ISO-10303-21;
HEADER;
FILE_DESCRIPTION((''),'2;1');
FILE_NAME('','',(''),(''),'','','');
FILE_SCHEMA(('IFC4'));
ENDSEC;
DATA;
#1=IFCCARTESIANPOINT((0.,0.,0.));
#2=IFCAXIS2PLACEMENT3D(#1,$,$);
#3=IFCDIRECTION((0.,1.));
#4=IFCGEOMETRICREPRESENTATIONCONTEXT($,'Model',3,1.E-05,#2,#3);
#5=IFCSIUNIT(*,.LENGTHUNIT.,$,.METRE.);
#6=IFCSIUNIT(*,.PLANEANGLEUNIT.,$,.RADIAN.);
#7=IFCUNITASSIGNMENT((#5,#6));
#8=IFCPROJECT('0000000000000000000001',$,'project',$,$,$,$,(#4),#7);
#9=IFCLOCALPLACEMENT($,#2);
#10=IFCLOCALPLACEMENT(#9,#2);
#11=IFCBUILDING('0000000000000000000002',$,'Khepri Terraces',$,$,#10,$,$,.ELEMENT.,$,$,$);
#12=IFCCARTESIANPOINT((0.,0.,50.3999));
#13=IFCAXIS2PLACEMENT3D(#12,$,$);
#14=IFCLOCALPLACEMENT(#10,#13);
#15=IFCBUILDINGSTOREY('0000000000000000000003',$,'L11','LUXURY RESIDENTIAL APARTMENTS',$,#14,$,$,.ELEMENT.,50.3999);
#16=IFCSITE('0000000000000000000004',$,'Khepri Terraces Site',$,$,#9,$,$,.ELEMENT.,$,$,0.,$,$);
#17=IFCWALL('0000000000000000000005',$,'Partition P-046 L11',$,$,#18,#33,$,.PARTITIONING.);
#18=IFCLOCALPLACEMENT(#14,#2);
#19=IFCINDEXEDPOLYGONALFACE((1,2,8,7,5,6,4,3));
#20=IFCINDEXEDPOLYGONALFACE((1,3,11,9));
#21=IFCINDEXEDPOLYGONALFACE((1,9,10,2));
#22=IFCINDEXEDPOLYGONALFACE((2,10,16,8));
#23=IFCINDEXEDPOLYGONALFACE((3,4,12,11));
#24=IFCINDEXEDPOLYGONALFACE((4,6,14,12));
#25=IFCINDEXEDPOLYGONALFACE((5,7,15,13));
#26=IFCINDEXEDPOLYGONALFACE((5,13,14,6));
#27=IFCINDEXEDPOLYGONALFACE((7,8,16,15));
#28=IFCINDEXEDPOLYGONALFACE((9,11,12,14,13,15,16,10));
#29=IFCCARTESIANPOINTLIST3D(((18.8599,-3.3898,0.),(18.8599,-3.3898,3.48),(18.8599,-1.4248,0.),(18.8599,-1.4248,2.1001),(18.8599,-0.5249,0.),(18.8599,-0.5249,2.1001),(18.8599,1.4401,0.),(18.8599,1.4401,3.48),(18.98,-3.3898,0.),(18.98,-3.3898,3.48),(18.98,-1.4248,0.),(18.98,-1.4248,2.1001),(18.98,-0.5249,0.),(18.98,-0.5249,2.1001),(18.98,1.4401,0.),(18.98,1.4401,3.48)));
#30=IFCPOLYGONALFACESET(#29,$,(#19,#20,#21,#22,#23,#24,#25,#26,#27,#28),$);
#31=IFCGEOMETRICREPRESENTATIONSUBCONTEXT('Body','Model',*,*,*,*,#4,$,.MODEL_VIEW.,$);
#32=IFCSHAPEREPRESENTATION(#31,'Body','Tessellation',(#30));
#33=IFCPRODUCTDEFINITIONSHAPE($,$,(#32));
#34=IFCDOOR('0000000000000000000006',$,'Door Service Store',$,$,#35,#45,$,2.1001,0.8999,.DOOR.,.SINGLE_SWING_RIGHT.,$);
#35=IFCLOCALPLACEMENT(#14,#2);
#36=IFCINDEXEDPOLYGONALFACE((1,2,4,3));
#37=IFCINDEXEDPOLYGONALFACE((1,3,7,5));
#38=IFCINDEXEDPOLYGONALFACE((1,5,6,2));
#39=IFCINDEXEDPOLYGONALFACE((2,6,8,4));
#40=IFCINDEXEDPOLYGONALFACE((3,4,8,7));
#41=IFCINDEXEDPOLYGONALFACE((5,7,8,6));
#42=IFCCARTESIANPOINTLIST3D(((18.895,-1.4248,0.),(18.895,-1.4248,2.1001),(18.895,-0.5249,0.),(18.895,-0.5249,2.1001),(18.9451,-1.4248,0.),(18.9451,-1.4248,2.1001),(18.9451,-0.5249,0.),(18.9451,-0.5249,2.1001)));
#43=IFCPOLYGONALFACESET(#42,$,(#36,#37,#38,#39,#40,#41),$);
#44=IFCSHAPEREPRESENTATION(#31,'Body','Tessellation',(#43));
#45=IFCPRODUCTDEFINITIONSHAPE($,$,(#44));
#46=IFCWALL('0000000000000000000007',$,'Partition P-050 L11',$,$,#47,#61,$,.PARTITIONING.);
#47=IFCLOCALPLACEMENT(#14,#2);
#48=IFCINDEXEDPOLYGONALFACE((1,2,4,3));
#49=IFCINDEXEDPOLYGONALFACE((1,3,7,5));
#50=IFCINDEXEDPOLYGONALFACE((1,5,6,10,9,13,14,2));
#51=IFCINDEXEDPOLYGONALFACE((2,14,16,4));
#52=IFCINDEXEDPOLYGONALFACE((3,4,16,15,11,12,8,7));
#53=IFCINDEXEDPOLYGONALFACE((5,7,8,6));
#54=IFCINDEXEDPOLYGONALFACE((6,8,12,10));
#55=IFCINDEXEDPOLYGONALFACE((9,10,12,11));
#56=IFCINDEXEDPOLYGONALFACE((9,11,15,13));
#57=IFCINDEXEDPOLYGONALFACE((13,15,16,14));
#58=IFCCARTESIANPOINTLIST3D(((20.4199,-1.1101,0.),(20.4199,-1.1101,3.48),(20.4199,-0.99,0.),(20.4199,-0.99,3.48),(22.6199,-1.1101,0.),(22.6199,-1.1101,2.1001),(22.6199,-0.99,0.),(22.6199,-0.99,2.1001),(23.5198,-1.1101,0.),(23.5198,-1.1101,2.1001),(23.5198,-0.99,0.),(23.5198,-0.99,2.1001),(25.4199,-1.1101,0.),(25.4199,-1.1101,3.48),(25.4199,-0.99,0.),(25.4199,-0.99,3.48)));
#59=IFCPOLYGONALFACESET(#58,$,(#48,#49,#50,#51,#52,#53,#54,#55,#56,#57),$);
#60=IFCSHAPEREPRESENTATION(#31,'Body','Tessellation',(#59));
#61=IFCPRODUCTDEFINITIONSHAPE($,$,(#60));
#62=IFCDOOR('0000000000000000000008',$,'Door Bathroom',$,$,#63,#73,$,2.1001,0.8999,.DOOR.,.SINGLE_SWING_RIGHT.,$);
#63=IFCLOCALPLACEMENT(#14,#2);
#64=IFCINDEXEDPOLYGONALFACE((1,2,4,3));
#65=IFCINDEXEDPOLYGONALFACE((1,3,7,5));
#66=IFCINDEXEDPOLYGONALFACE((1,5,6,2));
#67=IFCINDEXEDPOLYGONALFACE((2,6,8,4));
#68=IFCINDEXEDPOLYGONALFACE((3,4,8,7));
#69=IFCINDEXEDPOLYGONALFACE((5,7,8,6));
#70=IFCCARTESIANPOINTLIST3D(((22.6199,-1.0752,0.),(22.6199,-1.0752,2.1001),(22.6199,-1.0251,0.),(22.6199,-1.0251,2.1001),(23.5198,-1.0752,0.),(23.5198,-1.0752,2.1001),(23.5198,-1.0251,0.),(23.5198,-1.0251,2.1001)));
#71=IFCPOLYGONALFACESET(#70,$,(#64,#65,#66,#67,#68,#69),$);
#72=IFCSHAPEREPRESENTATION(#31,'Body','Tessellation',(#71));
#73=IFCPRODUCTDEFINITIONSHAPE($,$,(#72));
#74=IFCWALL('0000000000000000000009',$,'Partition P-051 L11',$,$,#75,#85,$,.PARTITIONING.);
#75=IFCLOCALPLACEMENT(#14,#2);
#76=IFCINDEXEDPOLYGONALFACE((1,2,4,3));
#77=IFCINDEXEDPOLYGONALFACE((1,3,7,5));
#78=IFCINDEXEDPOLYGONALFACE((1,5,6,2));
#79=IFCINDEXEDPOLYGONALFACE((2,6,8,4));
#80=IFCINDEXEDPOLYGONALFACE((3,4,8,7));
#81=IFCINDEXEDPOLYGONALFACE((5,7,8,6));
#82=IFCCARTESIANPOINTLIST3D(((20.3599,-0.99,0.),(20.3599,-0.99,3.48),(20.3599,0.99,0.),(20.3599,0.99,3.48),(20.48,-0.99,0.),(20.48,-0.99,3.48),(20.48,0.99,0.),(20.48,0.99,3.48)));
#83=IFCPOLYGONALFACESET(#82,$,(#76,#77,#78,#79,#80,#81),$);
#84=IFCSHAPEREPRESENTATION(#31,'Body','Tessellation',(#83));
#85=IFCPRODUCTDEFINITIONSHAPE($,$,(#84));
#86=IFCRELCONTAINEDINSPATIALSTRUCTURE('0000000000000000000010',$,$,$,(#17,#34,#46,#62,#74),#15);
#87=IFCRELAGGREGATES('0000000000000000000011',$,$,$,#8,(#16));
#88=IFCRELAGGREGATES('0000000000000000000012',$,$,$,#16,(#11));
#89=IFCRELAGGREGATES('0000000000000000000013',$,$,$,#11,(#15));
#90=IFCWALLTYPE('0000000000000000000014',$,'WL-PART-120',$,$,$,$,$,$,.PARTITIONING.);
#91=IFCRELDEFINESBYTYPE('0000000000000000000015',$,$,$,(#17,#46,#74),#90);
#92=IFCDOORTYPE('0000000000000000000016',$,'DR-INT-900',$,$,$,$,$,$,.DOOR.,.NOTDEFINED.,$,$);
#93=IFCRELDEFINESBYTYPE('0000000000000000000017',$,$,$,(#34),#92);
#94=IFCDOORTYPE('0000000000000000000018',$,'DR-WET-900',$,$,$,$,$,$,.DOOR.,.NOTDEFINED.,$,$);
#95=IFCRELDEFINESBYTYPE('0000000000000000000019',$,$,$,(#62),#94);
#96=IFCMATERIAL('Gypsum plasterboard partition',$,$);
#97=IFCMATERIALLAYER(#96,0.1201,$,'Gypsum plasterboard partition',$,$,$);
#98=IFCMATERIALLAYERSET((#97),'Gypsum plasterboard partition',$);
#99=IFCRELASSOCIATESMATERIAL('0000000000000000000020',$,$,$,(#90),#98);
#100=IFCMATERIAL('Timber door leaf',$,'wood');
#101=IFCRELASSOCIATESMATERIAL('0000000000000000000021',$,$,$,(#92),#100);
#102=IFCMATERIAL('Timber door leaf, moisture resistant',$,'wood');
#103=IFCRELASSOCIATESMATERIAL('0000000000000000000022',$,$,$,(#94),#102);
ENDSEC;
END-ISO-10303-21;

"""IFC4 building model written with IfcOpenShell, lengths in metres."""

from ifc_helpers import new_model, si_unit, direction, frame, frame_2d, origin, place, context, subcontext, project, spatial, rectangle, extrude, material, layer, layer_set, type_object, element, fill, save


model = new_model("IFC4")

# Units and contexts
model_context = context("Model", 3, precision=1e-05, world=origin(), true_north=direction((0.0, 1.0)))
body_context = subcontext(model_context, "Body", "Model", "MODEL_VIEW")
ifc_project = project(units=[si_unit("LENGTHUNIT", "METRE"), si_unit("PLANEANGLEUNIT", "RADIAN")], contexts=[model_context])

# Site, building, storey
site_placement = place(None, origin())
site = spatial("IfcSite", under=ifc_project, at=site_placement, Name="Khepri Terraces Site", CompositionType="ELEMENT", RefElevation=0.0)
building_placement = place(site_placement, origin())
building = spatial("IfcBuilding", under=site, at=building_placement, Name="Khepri Terraces", CompositionType="ELEMENT")
storey_placement = place(building_placement, frame((0.0, 0.0, 50.3999)))
storey = spatial("IfcBuildingStorey", under=building, at=storey_placement, Name="L11", Description="LUXURY RESIDENTIAL APARTMENTS", CompositionType="ELEMENT", Elevation=50.3999)

# Shared definitions
ifc_material_1 = material(Name="Gypsum plasterboard partition")
ifc_layer_1 = layer(ifc_material_1, 0.1201, Name="Gypsum plasterboard partition")
ifc_layer_set_1 = layer_set([ifc_layer_1], Name="Gypsum plasterboard partition")
wall_type_1 = type_object("IfcWallType", Name="WL-PART-120", PredefinedType="PARTITIONING", material=ifc_layer_set_1)
ifc_material_2 = material(Name="Timber door leaf", Category="wood")
door_type_1 = type_object("IfcDoorType", Name="DR-INT-900", OperationType="NOTDEFINED", PredefinedType="DOOR", material=ifc_material_2)

# Shared definitions
ifc_material_3 = material(Name="Timber door leaf, moisture resistant", Category="wood")
door_type_2 = type_object("IfcDoorType", Name="DR-WET-900", OperationType="NOTDEFINED", PredefinedType="DOOR", material=ifc_material_3)

# Walls, openings, doors
wall_1_placement = place(storey_placement, frame((18.9199, -3.3899, 0.0), z_axis=(0.0, 0.0, 1.0), x_axis=(0.0, 1.0, 0.0)))
wall_1 = element("IfcWall", 1, at=wall_1_placement, inside=storey, type_object=wall_type_1, Name="Partition P-046 L11", PredefinedType="PARTITIONING", context=body_context, shape_type="SweptSolid", body=[
    extrude(rectangle(XDim=4.8298, YDim=0.1201, at=frame_2d((2.415, 0.0))), origin(), (0.0, 0.0, 1.0), 3.48),
])
opening_1_placement = place(wall_1_placement, frame((1.9651, 0.0, 0.0)))
opening_1 = element("IfcOpeningElement", 2, at=opening_1_placement, cuts=wall_1, PredefinedType="OPENING", context=body_context, shape_type="SweptSolid", body=[
    extrude(rectangle(XDim=0.8999, YDim=2.1001, at=frame_2d((0.45, 1.05))), frame((0.0, 0.0701, 0.0), z_axis=(0.0, -1.0, 0.0), x_axis=(1.0, 0.0, 0.0)), (0.0, 0.0, 1.0), 0.1401),
])
door_1_placement = place(opening_1_placement, origin())
door_1 = element("IfcDoor", 3, at=door_1_placement, inside=storey, type_object=door_type_1, Name="Door Service Store", OperationType="SINGLE_SWING_RIGHT", OverallHeight=2.1001, OverallWidth=0.8999, PredefinedType="DOOR", context=body_context, shape_type="SweptSolid", body=[
    extrude(rectangle(XDim=0.8999, YDim=2.1001, at=frame_2d((0.45, 1.05))), frame((0.0, 0.0249, 0.0), z_axis=(0.0, -1.0, 0.0), x_axis=(1.0, 0.0, 0.0)), (0.0, 0.0, 1.0), 0.05),
])
fill(opening_1, door_1)
wall_2_placement = place(storey_placement, frame((20.4199, -1.05, 0.0), z_axis=(0.0, 0.0, 1.0), x_axis=(1.0, 0.0, 0.0)))
wall_2 = element("IfcWall", 4, at=wall_2_placement, inside=storey, type_object=wall_type_1, Name="Partition P-050 L11", PredefinedType="PARTITIONING", context=body_context, shape_type="SweptSolid", body=[
    extrude(rectangle(XDim=5.0, YDim=0.1201, at=frame_2d((2.5, 0.0))), origin(), (0.0, 0.0, 1.0), 3.48),
])
opening_2_placement = place(wall_2_placement, frame((2.2, 0.0, 0.0)))
opening_2 = element("IfcOpeningElement", 5, at=opening_2_placement, cuts=wall_2, PredefinedType="OPENING", context=body_context, shape_type="SweptSolid", body=[
    extrude(rectangle(XDim=0.8999, YDim=2.1001, at=frame_2d((0.45, 1.05))), frame((0.0, 0.0701, 0.0), z_axis=(0.0, -1.0, 0.0), x_axis=(1.0, 0.0, 0.0)), (0.0, 0.0, 1.0), 0.1401),
])
door_2_placement = place(opening_2_placement, origin())
door_2 = element("IfcDoor", 6, at=door_2_placement, inside=storey, type_object=door_type_2, Name="Door Bathroom", OperationType="SINGLE_SWING_RIGHT", OverallHeight=2.1001, OverallWidth=0.8999, PredefinedType="DOOR", context=body_context, shape_type="SweptSolid", body=[
    extrude(rectangle(XDim=0.8999, YDim=2.1001, at=frame_2d((0.45, 1.05))), frame((0.0, 0.0249, 0.0), z_axis=(0.0, -1.0, 0.0), x_axis=(1.0, 0.0, 0.0)), (0.0, 0.0, 1.0), 0.05),
])
fill(opening_2, door_2)

# Wall
wall_3_placement = place(storey_placement, frame((20.4199, -0.99, 0.0), z_axis=(0.0, 0.0, 1.0), x_axis=(0.0, 1.0, 0.0)))
element("IfcWall", 7, at=wall_3_placement, inside=storey, type_object=wall_type_1, Name="Partition P-051 L11", PredefinedType="PARTITIONING", context=body_context, shape_type="SweptSolid", body=[
    extrude(rectangle(XDim=1.98, YDim=0.1201, at=frame_2d((0.99, 0.0))), origin(), (0.0, 0.0, 1.0), 3.48),
])

save(model, "model.ifc")
